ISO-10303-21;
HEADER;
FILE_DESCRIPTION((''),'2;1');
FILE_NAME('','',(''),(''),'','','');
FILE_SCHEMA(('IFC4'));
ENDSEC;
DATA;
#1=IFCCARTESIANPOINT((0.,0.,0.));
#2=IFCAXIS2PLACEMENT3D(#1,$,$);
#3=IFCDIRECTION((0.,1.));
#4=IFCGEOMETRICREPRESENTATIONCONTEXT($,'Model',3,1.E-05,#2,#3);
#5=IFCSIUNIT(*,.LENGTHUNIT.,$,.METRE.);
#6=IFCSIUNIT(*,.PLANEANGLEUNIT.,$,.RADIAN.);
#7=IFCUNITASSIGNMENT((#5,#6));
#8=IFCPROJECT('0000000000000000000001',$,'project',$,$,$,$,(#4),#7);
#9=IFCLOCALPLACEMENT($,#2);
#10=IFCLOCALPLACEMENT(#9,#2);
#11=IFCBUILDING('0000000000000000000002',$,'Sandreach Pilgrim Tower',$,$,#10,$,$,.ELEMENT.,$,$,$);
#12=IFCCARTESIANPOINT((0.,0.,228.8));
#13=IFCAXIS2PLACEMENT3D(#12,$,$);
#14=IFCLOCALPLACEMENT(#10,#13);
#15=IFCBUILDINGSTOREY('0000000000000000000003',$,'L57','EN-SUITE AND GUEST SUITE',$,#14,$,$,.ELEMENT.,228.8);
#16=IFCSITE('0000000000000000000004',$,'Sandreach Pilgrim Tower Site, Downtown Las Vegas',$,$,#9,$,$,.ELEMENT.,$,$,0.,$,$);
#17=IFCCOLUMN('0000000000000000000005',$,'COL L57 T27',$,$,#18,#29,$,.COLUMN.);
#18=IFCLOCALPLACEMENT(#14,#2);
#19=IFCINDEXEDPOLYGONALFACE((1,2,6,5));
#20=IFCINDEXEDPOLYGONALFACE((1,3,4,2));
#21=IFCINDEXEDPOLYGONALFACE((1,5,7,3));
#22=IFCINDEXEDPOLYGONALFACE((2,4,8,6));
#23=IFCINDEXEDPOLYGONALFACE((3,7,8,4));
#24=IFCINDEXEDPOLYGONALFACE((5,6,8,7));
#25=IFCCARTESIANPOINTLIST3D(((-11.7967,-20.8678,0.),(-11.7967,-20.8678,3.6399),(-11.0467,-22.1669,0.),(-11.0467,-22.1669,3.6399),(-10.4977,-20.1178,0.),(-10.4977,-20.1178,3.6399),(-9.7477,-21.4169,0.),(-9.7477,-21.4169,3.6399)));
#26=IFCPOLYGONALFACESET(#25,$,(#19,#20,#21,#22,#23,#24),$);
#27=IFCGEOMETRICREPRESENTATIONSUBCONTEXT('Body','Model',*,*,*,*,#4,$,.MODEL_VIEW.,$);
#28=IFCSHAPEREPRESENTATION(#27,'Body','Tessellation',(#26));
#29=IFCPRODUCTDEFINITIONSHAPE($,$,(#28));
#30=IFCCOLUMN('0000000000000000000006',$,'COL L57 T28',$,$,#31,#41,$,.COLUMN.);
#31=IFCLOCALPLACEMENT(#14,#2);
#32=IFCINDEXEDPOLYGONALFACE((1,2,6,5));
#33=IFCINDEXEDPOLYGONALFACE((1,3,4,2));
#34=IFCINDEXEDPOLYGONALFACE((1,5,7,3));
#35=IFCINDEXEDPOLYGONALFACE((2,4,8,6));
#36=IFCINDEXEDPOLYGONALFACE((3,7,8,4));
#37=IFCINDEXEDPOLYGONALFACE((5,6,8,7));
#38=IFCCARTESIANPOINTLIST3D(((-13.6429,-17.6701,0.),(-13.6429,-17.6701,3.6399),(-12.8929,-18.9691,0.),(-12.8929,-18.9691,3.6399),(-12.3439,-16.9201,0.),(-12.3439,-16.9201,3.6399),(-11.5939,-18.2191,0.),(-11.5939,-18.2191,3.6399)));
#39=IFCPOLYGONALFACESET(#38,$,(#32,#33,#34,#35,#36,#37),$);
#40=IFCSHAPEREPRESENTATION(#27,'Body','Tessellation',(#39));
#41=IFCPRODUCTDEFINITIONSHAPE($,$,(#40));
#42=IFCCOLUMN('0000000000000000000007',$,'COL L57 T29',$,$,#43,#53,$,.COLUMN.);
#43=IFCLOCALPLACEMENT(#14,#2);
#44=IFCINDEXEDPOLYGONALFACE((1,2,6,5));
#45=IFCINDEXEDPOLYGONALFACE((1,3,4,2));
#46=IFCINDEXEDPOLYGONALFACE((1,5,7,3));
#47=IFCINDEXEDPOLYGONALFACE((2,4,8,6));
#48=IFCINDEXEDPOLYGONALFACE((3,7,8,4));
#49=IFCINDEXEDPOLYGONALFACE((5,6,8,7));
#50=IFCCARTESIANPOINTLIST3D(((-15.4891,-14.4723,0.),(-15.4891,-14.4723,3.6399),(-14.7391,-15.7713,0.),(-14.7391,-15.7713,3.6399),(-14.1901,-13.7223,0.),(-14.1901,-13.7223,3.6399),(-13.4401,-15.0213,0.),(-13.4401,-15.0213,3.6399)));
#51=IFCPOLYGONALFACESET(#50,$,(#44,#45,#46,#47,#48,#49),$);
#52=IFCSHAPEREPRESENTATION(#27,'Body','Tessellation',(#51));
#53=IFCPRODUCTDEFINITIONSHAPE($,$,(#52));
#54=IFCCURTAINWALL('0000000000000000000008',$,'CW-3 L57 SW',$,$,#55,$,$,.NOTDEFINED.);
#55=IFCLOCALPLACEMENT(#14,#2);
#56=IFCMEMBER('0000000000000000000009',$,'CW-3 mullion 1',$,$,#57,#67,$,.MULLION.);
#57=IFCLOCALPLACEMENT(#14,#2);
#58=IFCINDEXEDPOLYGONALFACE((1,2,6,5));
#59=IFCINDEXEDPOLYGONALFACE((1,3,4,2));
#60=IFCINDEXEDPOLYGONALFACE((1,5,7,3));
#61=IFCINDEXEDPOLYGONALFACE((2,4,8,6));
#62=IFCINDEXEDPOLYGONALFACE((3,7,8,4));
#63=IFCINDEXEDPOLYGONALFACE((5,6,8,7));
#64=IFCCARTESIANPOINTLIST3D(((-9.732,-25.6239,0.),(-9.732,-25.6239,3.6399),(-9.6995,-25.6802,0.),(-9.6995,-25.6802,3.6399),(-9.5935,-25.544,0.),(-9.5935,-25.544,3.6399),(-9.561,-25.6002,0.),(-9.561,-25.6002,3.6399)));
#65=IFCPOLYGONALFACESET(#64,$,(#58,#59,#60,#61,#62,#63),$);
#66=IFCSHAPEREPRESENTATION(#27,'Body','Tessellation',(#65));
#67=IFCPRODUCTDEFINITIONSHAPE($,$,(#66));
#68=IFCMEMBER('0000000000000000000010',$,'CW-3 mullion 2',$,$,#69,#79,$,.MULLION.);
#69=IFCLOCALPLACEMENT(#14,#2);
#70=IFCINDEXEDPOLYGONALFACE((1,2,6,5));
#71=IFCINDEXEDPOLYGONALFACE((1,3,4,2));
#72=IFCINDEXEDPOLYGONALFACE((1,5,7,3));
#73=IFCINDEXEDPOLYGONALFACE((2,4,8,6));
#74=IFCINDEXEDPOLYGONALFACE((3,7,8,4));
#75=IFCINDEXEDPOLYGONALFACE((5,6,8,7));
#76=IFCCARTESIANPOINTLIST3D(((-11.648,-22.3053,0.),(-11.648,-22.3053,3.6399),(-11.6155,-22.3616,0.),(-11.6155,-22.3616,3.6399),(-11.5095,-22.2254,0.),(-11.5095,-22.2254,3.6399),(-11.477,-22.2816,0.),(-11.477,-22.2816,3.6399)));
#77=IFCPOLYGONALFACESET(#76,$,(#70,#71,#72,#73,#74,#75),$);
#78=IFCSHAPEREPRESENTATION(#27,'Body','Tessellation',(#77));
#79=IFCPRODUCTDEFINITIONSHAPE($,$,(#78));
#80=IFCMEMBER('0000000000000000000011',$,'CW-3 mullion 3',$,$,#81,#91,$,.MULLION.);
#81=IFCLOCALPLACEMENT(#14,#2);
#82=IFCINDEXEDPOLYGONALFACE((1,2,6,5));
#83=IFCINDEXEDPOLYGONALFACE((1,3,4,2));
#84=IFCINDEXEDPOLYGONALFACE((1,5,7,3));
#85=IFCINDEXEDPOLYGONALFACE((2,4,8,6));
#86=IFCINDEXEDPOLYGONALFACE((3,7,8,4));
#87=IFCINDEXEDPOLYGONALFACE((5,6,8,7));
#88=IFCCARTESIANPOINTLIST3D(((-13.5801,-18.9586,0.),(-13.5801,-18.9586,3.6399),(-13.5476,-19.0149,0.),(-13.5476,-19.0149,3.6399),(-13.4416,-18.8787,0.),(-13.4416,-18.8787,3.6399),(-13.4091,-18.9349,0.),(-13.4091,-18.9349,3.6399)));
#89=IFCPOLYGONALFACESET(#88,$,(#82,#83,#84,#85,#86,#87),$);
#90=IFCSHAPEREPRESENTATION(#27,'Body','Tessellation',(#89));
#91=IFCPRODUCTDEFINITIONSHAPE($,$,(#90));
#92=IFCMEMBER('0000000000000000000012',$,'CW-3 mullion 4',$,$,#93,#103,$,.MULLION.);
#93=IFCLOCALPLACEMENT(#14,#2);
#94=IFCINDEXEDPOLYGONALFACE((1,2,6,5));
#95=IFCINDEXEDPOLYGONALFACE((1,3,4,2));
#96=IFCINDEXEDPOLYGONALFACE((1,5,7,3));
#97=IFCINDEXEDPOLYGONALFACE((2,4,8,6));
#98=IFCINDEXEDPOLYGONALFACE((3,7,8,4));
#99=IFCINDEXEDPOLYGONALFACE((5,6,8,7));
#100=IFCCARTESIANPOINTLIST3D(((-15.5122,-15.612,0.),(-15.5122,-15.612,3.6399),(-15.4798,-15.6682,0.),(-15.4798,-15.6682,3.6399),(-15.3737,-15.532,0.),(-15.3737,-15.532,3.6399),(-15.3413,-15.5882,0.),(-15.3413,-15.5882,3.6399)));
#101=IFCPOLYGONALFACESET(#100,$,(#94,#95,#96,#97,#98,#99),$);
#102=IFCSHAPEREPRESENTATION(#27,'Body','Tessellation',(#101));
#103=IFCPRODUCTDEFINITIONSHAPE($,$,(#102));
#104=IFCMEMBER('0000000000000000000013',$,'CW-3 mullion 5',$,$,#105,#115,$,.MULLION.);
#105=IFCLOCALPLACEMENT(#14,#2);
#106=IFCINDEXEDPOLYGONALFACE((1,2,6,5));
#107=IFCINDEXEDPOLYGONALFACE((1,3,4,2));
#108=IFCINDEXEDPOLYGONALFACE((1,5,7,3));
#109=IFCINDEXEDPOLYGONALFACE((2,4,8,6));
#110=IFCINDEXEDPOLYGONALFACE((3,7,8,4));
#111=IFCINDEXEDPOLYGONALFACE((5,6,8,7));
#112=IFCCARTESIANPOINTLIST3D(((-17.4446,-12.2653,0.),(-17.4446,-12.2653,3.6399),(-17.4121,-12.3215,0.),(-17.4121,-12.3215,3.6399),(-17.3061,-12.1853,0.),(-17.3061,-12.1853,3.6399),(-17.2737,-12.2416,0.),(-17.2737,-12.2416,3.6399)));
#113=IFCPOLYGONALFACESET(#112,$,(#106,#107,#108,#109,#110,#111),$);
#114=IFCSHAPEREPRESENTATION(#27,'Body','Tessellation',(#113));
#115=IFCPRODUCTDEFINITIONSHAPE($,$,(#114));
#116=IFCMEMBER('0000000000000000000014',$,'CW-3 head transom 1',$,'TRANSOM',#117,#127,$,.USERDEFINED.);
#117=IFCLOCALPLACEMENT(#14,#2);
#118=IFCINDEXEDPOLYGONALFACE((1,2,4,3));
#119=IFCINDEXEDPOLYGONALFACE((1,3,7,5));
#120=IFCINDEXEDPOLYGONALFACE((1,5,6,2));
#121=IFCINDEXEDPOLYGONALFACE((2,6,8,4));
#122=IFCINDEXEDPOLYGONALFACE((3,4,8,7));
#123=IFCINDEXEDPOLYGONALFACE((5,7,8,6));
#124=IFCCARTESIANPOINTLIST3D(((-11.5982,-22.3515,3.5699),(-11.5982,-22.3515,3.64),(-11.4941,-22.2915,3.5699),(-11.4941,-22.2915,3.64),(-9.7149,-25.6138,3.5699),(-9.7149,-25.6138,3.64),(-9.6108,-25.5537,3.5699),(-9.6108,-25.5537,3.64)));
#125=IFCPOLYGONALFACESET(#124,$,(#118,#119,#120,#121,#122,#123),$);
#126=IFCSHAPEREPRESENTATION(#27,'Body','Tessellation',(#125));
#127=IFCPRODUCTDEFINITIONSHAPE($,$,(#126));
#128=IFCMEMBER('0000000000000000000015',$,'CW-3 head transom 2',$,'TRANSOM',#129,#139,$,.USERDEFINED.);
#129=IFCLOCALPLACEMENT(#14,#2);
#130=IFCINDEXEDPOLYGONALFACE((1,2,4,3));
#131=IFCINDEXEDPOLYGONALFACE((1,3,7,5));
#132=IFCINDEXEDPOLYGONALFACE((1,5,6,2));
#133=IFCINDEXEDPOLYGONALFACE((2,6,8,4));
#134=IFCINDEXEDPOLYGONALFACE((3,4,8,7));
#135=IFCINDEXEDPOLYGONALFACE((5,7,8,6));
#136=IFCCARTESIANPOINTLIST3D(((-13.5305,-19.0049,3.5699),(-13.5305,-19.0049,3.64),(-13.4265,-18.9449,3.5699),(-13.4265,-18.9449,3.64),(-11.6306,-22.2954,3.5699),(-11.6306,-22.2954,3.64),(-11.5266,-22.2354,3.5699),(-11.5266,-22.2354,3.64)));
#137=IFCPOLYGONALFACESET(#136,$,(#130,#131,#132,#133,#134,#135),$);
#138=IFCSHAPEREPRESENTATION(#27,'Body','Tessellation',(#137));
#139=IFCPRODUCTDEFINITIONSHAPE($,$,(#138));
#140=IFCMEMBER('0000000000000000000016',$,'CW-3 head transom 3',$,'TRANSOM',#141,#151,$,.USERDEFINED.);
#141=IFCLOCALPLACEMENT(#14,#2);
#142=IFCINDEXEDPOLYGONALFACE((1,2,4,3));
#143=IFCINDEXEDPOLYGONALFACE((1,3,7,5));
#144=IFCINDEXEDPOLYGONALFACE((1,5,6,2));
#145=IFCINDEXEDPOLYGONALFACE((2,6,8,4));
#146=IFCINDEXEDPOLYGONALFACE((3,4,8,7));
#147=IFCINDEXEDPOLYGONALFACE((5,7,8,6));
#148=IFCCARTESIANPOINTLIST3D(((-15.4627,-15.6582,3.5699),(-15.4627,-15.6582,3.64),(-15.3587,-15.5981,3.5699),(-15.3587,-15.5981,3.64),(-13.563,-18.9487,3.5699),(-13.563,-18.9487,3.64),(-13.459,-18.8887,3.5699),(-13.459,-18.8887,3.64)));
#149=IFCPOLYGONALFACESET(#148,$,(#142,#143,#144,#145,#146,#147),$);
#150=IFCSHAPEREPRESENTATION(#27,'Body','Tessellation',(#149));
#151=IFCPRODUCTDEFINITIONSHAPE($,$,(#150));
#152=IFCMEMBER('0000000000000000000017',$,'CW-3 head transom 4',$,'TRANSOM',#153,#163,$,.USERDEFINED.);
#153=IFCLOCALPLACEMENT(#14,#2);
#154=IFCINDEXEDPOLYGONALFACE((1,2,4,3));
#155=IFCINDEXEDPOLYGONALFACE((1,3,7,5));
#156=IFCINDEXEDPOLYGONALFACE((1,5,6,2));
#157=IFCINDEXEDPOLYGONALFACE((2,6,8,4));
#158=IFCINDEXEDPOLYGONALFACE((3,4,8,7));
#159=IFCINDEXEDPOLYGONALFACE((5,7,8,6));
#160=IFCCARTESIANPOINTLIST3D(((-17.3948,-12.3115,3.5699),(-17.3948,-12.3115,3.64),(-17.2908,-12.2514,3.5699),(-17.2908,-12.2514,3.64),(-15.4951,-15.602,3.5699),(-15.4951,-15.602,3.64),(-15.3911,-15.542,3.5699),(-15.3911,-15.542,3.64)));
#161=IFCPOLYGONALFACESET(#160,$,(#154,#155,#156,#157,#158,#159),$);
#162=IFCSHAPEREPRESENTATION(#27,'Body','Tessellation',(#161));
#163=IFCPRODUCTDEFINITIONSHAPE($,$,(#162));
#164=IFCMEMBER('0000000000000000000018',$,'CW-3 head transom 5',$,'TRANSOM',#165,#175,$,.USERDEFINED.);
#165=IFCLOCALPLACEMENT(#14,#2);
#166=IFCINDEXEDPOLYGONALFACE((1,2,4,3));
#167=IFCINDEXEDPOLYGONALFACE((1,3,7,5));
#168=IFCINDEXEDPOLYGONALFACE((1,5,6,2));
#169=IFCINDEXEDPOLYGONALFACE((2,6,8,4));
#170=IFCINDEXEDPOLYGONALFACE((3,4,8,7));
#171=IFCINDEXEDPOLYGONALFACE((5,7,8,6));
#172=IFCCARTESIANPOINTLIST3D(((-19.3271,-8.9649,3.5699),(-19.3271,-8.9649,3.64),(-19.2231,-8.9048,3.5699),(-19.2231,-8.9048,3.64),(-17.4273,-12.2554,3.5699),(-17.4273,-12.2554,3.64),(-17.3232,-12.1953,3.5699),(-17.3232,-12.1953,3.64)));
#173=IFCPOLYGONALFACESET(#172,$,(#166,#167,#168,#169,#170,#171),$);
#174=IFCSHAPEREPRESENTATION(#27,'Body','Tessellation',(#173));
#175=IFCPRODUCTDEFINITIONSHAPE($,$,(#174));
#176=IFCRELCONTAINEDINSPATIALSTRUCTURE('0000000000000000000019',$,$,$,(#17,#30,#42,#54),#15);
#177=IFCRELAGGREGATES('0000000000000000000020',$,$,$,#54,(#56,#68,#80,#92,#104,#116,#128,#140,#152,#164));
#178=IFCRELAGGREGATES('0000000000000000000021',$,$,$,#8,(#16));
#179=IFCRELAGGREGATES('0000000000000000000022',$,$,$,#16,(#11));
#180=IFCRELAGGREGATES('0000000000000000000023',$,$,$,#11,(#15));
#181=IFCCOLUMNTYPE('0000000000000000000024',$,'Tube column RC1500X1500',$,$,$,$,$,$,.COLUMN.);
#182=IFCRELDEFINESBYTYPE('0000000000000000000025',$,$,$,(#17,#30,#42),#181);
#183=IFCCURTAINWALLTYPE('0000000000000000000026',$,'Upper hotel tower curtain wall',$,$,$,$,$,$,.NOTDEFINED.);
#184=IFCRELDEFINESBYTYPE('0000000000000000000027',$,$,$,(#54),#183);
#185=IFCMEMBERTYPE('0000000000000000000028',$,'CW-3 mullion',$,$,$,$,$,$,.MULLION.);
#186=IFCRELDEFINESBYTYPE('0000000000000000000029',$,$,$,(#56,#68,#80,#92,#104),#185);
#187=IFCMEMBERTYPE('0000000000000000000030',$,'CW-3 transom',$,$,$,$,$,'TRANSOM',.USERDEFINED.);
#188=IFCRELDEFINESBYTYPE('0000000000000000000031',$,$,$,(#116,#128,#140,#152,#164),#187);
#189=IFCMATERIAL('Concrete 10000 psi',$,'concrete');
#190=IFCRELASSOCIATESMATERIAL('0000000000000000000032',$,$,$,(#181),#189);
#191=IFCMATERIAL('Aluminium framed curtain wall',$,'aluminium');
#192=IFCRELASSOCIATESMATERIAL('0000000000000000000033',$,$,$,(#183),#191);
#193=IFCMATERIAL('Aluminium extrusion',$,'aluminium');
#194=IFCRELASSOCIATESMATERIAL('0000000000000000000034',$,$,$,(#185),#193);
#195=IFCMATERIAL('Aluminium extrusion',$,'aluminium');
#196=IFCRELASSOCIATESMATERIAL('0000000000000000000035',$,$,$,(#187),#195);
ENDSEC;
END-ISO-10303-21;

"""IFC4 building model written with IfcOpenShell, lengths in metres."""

from ifc_helpers import new_model, si_unit, direction, frame, origin, origin_2d, place, context, subcontext, project, spatial, rectangle, extrude, clip, halfspace, material, material_profile, profile_set, type_object, element, aggregate, save


model = new_model("IFC4")

# Units and contexts
model_context = context("Model", 3, precision=1e-05, world=origin(), true_north=direction((0.0, 1.0)))
body_context = subcontext(model_context, "Body", "Model", "MODEL_VIEW")
ifc_project = project(units=[si_unit("LENGTHUNIT", "METRE"), si_unit("PLANEANGLEUNIT", "RADIAN")], contexts=[model_context])

# Site, building, storey
site_placement = place(None, origin())
site = spatial("IfcSite", under=ifc_project, at=site_placement, Name="Sandreach Pilgrim Tower Site, Downtown Las Vegas", CompositionType="ELEMENT", RefElevation=0.0)
building_placement = place(site_placement, origin())
building = spatial("IfcBuilding", under=site, at=building_placement, Name="Sandreach Pilgrim Tower", CompositionType="ELEMENT")
storey_placement = place(building_placement, frame((0.0, 0.0, 228.8)))
storey = spatial("IfcBuildingStorey", under=building, at=storey_placement, Name="L57", Description="EN-SUITE AND GUEST SUITE", CompositionType="ELEMENT", Elevation=228.8)

# Columns
ifc_material_1 = material(Name="Concrete 10000 psi", Category="concrete")
ifc_material_profile_1 = material_profile(ifc_material_1, rectangle(XDim=1.5, YDim=1.5, at=origin_2d()), Name="RC1500X1500")
ifc_profile_set_1 = profile_set([ifc_material_profile_1], Name="Concrete 10000 psi")
column_type = type_object("IfcColumnType", Name="Tube column RC1500X1500", PredefinedType="COLUMN", material=ifc_profile_set_1)
column_1_placement = place(storey_placement, frame((-10.7722, -21.1423, 0.0), z_axis=(0.0, 0.0, 1.0), x_axis=(-0.866025, -0.5, 0.0)))
element("IfcColumn", 1, at=column_1_placement, inside=storey, type_object=column_type, Name="COL L57 T27", PredefinedType="COLUMN", context=body_context, shape_type="SweptSolid", body=[
    clip(extrude(rectangle(XDim=1.5, YDim=1.5, at=origin_2d()), origin(), (0.0, 0.0, 1.0), 3.7324), halfspace(frame((0.0, 0.0, 3.6399)), False)),
])
column_2_placement = place(storey_placement, frame((-12.6184, -17.9446, 0.0), z_axis=(0.0, 0.0, 1.0), x_axis=(-0.866025, -0.5, 0.0)))
element("IfcColumn", 2, at=column_2_placement, inside=storey, type_object=column_type, Name="COL L57 T28", PredefinedType="COLUMN", context=body_context, shape_type="SweptSolid", body=[
    clip(extrude(rectangle(XDim=1.5, YDim=1.5, at=origin_2d()), origin(), (0.0, 0.0, 1.0), 3.74), halfspace(frame((0.0, 0.0, 3.6399)), False)),
])
column_3_placement = place(storey_placement, frame((-14.4646, -14.7468, 0.0), z_axis=(0.0, 0.0, 1.0), x_axis=(-0.866025, -0.5, 0.0)))
element("IfcColumn", 3, at=column_3_placement, inside=storey, type_object=column_type, Name="COL L57 T29", PredefinedType="COLUMN", context=body_context, shape_type="SweptSolid", body=[
    clip(extrude(rectangle(XDim=1.5, YDim=1.5, at=origin_2d()), origin(), (0.0, 0.0, 1.0), 3.7476), halfspace(frame((0.0, 0.0, 3.6399)), False)),
])

# Curtain wall, members
ifc_material_2 = material(Name="Aluminium framed curtain wall", Category="aluminium")
curtain_wall_type = type_object("IfcCurtainWallType", Name="Upper hotel tower curtain wall", PredefinedType="NOTDEFINED", material=ifc_material_2)
curtain_wall_placement = place(storey_placement, origin())
curtain_wall = element("IfcCurtainWall", 4, at=curtain_wall_placement, inside=storey, type_object=curtain_wall_type, Name="CW-3 L57 SW", PredefinedType="NOTDEFINED")
ifc_material_3 = material(Name="Aluminium extrusion", Category="aluminium")
ifc_material_profile_2 = material_profile(ifc_material_3, rectangle(XDim=0.0649, YDim=0.1599, at=origin_2d()), Name="CW-3M 65X160")
ifc_profile_set_2 = profile_set([ifc_material_profile_2], Name="Aluminium extrusion")
member_type_1 = type_object("IfcMemberType", Name="CW-3 mullion", PredefinedType="MULLION", material=ifc_profile_set_2)
member_1_placement = place(storey_placement, frame((-9.6465, -25.6121, 0.0), z_axis=(0.0, 0.0, 1.0), x_axis=(-0.5, 0.866025, 0.0)))
member_1 = element("IfcMember", 5, at=member_1_placement, type_object=member_type_1, Name="CW-3 mullion 1", PredefinedType="MULLION", context=body_context, shape_type="SweptSolid", body=[
    extrude(rectangle(XDim=0.0649, YDim=0.1599, at=origin_2d()), origin(), (0.0, 0.0, 1.0), 3.6399),
])
member_2_placement = place(storey_placement, frame((-11.5625, -22.2935, 0.0), z_axis=(0.0, 0.0, 1.0), x_axis=(-0.5, 0.866025, 0.0)))
member_2 = element("IfcMember", 6, at=member_2_placement, type_object=member_type_1, Name="CW-3 mullion 2", PredefinedType="MULLION", context=body_context, shape_type="SweptSolid", body=[
    extrude(rectangle(XDim=0.0649, YDim=0.1599, at=origin_2d()), origin(), (0.0, 0.0, 1.0), 3.6399),
])
member_3_placement = place(storey_placement, frame((-13.4946, -18.9468, 0.0), z_axis=(0.0, 0.0, 1.0), x_axis=(-0.5, 0.866025, 0.0)))
member_3 = element("IfcMember", 7, at=member_3_placement, type_object=member_type_1, Name="CW-3 mullion 3", PredefinedType="MULLION", context=body_context, shape_type="SweptSolid", body=[
    extrude(rectangle(XDim=0.0649, YDim=0.1599, at=origin_2d()), origin(), (0.0, 0.0, 1.0), 3.6399),
])
member_4_placement = place(storey_placement, frame((-15.4268, -15.6001, 0.0), z_axis=(0.0, 0.0, 1.0), x_axis=(-0.5, 0.866025, 0.0)))
member_4 = element("IfcMember", 8, at=member_4_placement, type_object=member_type_1, Name="CW-3 mullion 4", PredefinedType="MULLION", context=body_context, shape_type="SweptSolid", body=[
    extrude(rectangle(XDim=0.0649, YDim=0.1599, at=origin_2d()), origin(), (0.0, 0.0, 1.0), 3.6399),
])
member_5_placement = place(storey_placement, frame((-17.3591, -12.2534, 0.0), z_axis=(0.0, 0.0, 1.0), x_axis=(-0.5, 0.866025, 0.0)))
member_5 = element("IfcMember", 9, at=member_5_placement, type_object=member_type_1, Name="CW-3 mullion 5", PredefinedType="MULLION", context=body_context, shape_type="SweptSolid", body=[
    extrude(rectangle(XDim=0.0649, YDim=0.1599, at=origin_2d()), origin(), (0.0, 0.0, 1.0), 3.6399),
])
ifc_material_4 = material(Name="Aluminium extrusion", Category="aluminium")
ifc_material_profile_3 = material_profile(ifc_material_4, rectangle(XDim=0.1201, YDim=0.0701, at=origin_2d()), Name="CW-3T 120X70")
ifc_profile_set_3 = profile_set([ifc_material_profile_3], Name="Aluminium extrusion")
member_type_2 = type_object("IfcMemberType", Name="CW-3 transom", ElementType="TRANSOM", PredefinedType="USERDEFINED", material=ifc_profile_set_3)
member_6_placement = place(storey_placement, frame((-9.6628, -25.5837, 3.605), z_axis=(-0.499973, 0.866041, 0.0), x_axis=(-0.866041, -0.499973, 0.0)))
member_6 = element("IfcMember", 10, at=member_6_placement, type_object=member_type_2, Name="CW-3 head transom 1", ObjectType="TRANSOM", PredefinedType="USERDEFINED", context=body_context, shape_type="SweptSolid", body=[
    extrude(rectangle(XDim=0.1201, YDim=0.0701, at=origin_2d()), origin(), (0.0, 0.0, 1.0), 3.7668),
])
member_7_placement = place(storey_placement, frame((-11.5786, -22.2654, 3.605), z_axis=(-0.500023, 0.866012, 0.0), x_axis=(-0.866012, -0.500023, 0.0)))
member_7 = element("IfcMember", 11, at=member_7_placement, type_object=member_type_2, Name="CW-3 head transom 2", ObjectType="TRANSOM", PredefinedType="USERDEFINED", context=body_context, shape_type="SweptSolid", body=[
    extrude(rectangle(XDim=0.1201, YDim=0.0701, at=origin_2d()), origin(), (0.0, 0.0, 1.0), 3.7996),
])
member_8_placement = place(storey_placement, frame((-13.511, -18.9187, 3.605), z_axis=(-0.499975, 0.86604, 0.0), x_axis=(-0.86604, -0.499975, 0.0)))
member_8 = element("IfcMember", 12, at=member_8_placement, type_object=member_type_2, Name="CW-3 head transom 3", ObjectType="TRANSOM", PredefinedType="USERDEFINED", context=body_context, shape_type="SweptSolid", body=[
    extrude(rectangle(XDim=0.1201, YDim=0.0701, at=origin_2d()), origin(), (0.0, 0.0, 1.0), 3.7996),
])
member_9_placement = place(storey_placement, frame((-15.4431, -15.572, 3.605), z_axis=(-0.499975, 0.86604, 0.0), x_axis=(-0.86604, -0.499975, 0.0)))
member_9 = element("IfcMember", 13, at=member_9_placement, type_object=member_type_2, Name="CW-3 head transom 4", ObjectType="TRANSOM", PredefinedType="USERDEFINED", context=body_context, shape_type="SweptSolid", body=[
    extrude(rectangle(XDim=0.1201, YDim=0.0701, at=origin_2d()), origin(), (0.0, 0.0, 1.0), 3.7996),
])
member_10_placement = place(storey_placement, frame((-17.3752, -12.2253, 3.605), z_axis=(-0.500023, 0.866012, 0.0), x_axis=(-0.866012, -0.500023, 0.0)))
member_10 = element("IfcMember", 14, at=member_10_placement, type_object=member_type_2, Name="CW-3 head transom 5", ObjectType="TRANSOM", PredefinedType="USERDEFINED", context=body_context, shape_type="SweptSolid", body=[
    extrude(rectangle(XDim=0.1201, YDim=0.0701, at=origin_2d()), origin(), (0.0, 0.0, 1.0), 3.7996),
])

aggregate(curtain_wall, [member_1, member_2, member_3, member_4, member_5, member_6, member_7, member_8, member_9, member_10])

save(model, "model.ifc")
